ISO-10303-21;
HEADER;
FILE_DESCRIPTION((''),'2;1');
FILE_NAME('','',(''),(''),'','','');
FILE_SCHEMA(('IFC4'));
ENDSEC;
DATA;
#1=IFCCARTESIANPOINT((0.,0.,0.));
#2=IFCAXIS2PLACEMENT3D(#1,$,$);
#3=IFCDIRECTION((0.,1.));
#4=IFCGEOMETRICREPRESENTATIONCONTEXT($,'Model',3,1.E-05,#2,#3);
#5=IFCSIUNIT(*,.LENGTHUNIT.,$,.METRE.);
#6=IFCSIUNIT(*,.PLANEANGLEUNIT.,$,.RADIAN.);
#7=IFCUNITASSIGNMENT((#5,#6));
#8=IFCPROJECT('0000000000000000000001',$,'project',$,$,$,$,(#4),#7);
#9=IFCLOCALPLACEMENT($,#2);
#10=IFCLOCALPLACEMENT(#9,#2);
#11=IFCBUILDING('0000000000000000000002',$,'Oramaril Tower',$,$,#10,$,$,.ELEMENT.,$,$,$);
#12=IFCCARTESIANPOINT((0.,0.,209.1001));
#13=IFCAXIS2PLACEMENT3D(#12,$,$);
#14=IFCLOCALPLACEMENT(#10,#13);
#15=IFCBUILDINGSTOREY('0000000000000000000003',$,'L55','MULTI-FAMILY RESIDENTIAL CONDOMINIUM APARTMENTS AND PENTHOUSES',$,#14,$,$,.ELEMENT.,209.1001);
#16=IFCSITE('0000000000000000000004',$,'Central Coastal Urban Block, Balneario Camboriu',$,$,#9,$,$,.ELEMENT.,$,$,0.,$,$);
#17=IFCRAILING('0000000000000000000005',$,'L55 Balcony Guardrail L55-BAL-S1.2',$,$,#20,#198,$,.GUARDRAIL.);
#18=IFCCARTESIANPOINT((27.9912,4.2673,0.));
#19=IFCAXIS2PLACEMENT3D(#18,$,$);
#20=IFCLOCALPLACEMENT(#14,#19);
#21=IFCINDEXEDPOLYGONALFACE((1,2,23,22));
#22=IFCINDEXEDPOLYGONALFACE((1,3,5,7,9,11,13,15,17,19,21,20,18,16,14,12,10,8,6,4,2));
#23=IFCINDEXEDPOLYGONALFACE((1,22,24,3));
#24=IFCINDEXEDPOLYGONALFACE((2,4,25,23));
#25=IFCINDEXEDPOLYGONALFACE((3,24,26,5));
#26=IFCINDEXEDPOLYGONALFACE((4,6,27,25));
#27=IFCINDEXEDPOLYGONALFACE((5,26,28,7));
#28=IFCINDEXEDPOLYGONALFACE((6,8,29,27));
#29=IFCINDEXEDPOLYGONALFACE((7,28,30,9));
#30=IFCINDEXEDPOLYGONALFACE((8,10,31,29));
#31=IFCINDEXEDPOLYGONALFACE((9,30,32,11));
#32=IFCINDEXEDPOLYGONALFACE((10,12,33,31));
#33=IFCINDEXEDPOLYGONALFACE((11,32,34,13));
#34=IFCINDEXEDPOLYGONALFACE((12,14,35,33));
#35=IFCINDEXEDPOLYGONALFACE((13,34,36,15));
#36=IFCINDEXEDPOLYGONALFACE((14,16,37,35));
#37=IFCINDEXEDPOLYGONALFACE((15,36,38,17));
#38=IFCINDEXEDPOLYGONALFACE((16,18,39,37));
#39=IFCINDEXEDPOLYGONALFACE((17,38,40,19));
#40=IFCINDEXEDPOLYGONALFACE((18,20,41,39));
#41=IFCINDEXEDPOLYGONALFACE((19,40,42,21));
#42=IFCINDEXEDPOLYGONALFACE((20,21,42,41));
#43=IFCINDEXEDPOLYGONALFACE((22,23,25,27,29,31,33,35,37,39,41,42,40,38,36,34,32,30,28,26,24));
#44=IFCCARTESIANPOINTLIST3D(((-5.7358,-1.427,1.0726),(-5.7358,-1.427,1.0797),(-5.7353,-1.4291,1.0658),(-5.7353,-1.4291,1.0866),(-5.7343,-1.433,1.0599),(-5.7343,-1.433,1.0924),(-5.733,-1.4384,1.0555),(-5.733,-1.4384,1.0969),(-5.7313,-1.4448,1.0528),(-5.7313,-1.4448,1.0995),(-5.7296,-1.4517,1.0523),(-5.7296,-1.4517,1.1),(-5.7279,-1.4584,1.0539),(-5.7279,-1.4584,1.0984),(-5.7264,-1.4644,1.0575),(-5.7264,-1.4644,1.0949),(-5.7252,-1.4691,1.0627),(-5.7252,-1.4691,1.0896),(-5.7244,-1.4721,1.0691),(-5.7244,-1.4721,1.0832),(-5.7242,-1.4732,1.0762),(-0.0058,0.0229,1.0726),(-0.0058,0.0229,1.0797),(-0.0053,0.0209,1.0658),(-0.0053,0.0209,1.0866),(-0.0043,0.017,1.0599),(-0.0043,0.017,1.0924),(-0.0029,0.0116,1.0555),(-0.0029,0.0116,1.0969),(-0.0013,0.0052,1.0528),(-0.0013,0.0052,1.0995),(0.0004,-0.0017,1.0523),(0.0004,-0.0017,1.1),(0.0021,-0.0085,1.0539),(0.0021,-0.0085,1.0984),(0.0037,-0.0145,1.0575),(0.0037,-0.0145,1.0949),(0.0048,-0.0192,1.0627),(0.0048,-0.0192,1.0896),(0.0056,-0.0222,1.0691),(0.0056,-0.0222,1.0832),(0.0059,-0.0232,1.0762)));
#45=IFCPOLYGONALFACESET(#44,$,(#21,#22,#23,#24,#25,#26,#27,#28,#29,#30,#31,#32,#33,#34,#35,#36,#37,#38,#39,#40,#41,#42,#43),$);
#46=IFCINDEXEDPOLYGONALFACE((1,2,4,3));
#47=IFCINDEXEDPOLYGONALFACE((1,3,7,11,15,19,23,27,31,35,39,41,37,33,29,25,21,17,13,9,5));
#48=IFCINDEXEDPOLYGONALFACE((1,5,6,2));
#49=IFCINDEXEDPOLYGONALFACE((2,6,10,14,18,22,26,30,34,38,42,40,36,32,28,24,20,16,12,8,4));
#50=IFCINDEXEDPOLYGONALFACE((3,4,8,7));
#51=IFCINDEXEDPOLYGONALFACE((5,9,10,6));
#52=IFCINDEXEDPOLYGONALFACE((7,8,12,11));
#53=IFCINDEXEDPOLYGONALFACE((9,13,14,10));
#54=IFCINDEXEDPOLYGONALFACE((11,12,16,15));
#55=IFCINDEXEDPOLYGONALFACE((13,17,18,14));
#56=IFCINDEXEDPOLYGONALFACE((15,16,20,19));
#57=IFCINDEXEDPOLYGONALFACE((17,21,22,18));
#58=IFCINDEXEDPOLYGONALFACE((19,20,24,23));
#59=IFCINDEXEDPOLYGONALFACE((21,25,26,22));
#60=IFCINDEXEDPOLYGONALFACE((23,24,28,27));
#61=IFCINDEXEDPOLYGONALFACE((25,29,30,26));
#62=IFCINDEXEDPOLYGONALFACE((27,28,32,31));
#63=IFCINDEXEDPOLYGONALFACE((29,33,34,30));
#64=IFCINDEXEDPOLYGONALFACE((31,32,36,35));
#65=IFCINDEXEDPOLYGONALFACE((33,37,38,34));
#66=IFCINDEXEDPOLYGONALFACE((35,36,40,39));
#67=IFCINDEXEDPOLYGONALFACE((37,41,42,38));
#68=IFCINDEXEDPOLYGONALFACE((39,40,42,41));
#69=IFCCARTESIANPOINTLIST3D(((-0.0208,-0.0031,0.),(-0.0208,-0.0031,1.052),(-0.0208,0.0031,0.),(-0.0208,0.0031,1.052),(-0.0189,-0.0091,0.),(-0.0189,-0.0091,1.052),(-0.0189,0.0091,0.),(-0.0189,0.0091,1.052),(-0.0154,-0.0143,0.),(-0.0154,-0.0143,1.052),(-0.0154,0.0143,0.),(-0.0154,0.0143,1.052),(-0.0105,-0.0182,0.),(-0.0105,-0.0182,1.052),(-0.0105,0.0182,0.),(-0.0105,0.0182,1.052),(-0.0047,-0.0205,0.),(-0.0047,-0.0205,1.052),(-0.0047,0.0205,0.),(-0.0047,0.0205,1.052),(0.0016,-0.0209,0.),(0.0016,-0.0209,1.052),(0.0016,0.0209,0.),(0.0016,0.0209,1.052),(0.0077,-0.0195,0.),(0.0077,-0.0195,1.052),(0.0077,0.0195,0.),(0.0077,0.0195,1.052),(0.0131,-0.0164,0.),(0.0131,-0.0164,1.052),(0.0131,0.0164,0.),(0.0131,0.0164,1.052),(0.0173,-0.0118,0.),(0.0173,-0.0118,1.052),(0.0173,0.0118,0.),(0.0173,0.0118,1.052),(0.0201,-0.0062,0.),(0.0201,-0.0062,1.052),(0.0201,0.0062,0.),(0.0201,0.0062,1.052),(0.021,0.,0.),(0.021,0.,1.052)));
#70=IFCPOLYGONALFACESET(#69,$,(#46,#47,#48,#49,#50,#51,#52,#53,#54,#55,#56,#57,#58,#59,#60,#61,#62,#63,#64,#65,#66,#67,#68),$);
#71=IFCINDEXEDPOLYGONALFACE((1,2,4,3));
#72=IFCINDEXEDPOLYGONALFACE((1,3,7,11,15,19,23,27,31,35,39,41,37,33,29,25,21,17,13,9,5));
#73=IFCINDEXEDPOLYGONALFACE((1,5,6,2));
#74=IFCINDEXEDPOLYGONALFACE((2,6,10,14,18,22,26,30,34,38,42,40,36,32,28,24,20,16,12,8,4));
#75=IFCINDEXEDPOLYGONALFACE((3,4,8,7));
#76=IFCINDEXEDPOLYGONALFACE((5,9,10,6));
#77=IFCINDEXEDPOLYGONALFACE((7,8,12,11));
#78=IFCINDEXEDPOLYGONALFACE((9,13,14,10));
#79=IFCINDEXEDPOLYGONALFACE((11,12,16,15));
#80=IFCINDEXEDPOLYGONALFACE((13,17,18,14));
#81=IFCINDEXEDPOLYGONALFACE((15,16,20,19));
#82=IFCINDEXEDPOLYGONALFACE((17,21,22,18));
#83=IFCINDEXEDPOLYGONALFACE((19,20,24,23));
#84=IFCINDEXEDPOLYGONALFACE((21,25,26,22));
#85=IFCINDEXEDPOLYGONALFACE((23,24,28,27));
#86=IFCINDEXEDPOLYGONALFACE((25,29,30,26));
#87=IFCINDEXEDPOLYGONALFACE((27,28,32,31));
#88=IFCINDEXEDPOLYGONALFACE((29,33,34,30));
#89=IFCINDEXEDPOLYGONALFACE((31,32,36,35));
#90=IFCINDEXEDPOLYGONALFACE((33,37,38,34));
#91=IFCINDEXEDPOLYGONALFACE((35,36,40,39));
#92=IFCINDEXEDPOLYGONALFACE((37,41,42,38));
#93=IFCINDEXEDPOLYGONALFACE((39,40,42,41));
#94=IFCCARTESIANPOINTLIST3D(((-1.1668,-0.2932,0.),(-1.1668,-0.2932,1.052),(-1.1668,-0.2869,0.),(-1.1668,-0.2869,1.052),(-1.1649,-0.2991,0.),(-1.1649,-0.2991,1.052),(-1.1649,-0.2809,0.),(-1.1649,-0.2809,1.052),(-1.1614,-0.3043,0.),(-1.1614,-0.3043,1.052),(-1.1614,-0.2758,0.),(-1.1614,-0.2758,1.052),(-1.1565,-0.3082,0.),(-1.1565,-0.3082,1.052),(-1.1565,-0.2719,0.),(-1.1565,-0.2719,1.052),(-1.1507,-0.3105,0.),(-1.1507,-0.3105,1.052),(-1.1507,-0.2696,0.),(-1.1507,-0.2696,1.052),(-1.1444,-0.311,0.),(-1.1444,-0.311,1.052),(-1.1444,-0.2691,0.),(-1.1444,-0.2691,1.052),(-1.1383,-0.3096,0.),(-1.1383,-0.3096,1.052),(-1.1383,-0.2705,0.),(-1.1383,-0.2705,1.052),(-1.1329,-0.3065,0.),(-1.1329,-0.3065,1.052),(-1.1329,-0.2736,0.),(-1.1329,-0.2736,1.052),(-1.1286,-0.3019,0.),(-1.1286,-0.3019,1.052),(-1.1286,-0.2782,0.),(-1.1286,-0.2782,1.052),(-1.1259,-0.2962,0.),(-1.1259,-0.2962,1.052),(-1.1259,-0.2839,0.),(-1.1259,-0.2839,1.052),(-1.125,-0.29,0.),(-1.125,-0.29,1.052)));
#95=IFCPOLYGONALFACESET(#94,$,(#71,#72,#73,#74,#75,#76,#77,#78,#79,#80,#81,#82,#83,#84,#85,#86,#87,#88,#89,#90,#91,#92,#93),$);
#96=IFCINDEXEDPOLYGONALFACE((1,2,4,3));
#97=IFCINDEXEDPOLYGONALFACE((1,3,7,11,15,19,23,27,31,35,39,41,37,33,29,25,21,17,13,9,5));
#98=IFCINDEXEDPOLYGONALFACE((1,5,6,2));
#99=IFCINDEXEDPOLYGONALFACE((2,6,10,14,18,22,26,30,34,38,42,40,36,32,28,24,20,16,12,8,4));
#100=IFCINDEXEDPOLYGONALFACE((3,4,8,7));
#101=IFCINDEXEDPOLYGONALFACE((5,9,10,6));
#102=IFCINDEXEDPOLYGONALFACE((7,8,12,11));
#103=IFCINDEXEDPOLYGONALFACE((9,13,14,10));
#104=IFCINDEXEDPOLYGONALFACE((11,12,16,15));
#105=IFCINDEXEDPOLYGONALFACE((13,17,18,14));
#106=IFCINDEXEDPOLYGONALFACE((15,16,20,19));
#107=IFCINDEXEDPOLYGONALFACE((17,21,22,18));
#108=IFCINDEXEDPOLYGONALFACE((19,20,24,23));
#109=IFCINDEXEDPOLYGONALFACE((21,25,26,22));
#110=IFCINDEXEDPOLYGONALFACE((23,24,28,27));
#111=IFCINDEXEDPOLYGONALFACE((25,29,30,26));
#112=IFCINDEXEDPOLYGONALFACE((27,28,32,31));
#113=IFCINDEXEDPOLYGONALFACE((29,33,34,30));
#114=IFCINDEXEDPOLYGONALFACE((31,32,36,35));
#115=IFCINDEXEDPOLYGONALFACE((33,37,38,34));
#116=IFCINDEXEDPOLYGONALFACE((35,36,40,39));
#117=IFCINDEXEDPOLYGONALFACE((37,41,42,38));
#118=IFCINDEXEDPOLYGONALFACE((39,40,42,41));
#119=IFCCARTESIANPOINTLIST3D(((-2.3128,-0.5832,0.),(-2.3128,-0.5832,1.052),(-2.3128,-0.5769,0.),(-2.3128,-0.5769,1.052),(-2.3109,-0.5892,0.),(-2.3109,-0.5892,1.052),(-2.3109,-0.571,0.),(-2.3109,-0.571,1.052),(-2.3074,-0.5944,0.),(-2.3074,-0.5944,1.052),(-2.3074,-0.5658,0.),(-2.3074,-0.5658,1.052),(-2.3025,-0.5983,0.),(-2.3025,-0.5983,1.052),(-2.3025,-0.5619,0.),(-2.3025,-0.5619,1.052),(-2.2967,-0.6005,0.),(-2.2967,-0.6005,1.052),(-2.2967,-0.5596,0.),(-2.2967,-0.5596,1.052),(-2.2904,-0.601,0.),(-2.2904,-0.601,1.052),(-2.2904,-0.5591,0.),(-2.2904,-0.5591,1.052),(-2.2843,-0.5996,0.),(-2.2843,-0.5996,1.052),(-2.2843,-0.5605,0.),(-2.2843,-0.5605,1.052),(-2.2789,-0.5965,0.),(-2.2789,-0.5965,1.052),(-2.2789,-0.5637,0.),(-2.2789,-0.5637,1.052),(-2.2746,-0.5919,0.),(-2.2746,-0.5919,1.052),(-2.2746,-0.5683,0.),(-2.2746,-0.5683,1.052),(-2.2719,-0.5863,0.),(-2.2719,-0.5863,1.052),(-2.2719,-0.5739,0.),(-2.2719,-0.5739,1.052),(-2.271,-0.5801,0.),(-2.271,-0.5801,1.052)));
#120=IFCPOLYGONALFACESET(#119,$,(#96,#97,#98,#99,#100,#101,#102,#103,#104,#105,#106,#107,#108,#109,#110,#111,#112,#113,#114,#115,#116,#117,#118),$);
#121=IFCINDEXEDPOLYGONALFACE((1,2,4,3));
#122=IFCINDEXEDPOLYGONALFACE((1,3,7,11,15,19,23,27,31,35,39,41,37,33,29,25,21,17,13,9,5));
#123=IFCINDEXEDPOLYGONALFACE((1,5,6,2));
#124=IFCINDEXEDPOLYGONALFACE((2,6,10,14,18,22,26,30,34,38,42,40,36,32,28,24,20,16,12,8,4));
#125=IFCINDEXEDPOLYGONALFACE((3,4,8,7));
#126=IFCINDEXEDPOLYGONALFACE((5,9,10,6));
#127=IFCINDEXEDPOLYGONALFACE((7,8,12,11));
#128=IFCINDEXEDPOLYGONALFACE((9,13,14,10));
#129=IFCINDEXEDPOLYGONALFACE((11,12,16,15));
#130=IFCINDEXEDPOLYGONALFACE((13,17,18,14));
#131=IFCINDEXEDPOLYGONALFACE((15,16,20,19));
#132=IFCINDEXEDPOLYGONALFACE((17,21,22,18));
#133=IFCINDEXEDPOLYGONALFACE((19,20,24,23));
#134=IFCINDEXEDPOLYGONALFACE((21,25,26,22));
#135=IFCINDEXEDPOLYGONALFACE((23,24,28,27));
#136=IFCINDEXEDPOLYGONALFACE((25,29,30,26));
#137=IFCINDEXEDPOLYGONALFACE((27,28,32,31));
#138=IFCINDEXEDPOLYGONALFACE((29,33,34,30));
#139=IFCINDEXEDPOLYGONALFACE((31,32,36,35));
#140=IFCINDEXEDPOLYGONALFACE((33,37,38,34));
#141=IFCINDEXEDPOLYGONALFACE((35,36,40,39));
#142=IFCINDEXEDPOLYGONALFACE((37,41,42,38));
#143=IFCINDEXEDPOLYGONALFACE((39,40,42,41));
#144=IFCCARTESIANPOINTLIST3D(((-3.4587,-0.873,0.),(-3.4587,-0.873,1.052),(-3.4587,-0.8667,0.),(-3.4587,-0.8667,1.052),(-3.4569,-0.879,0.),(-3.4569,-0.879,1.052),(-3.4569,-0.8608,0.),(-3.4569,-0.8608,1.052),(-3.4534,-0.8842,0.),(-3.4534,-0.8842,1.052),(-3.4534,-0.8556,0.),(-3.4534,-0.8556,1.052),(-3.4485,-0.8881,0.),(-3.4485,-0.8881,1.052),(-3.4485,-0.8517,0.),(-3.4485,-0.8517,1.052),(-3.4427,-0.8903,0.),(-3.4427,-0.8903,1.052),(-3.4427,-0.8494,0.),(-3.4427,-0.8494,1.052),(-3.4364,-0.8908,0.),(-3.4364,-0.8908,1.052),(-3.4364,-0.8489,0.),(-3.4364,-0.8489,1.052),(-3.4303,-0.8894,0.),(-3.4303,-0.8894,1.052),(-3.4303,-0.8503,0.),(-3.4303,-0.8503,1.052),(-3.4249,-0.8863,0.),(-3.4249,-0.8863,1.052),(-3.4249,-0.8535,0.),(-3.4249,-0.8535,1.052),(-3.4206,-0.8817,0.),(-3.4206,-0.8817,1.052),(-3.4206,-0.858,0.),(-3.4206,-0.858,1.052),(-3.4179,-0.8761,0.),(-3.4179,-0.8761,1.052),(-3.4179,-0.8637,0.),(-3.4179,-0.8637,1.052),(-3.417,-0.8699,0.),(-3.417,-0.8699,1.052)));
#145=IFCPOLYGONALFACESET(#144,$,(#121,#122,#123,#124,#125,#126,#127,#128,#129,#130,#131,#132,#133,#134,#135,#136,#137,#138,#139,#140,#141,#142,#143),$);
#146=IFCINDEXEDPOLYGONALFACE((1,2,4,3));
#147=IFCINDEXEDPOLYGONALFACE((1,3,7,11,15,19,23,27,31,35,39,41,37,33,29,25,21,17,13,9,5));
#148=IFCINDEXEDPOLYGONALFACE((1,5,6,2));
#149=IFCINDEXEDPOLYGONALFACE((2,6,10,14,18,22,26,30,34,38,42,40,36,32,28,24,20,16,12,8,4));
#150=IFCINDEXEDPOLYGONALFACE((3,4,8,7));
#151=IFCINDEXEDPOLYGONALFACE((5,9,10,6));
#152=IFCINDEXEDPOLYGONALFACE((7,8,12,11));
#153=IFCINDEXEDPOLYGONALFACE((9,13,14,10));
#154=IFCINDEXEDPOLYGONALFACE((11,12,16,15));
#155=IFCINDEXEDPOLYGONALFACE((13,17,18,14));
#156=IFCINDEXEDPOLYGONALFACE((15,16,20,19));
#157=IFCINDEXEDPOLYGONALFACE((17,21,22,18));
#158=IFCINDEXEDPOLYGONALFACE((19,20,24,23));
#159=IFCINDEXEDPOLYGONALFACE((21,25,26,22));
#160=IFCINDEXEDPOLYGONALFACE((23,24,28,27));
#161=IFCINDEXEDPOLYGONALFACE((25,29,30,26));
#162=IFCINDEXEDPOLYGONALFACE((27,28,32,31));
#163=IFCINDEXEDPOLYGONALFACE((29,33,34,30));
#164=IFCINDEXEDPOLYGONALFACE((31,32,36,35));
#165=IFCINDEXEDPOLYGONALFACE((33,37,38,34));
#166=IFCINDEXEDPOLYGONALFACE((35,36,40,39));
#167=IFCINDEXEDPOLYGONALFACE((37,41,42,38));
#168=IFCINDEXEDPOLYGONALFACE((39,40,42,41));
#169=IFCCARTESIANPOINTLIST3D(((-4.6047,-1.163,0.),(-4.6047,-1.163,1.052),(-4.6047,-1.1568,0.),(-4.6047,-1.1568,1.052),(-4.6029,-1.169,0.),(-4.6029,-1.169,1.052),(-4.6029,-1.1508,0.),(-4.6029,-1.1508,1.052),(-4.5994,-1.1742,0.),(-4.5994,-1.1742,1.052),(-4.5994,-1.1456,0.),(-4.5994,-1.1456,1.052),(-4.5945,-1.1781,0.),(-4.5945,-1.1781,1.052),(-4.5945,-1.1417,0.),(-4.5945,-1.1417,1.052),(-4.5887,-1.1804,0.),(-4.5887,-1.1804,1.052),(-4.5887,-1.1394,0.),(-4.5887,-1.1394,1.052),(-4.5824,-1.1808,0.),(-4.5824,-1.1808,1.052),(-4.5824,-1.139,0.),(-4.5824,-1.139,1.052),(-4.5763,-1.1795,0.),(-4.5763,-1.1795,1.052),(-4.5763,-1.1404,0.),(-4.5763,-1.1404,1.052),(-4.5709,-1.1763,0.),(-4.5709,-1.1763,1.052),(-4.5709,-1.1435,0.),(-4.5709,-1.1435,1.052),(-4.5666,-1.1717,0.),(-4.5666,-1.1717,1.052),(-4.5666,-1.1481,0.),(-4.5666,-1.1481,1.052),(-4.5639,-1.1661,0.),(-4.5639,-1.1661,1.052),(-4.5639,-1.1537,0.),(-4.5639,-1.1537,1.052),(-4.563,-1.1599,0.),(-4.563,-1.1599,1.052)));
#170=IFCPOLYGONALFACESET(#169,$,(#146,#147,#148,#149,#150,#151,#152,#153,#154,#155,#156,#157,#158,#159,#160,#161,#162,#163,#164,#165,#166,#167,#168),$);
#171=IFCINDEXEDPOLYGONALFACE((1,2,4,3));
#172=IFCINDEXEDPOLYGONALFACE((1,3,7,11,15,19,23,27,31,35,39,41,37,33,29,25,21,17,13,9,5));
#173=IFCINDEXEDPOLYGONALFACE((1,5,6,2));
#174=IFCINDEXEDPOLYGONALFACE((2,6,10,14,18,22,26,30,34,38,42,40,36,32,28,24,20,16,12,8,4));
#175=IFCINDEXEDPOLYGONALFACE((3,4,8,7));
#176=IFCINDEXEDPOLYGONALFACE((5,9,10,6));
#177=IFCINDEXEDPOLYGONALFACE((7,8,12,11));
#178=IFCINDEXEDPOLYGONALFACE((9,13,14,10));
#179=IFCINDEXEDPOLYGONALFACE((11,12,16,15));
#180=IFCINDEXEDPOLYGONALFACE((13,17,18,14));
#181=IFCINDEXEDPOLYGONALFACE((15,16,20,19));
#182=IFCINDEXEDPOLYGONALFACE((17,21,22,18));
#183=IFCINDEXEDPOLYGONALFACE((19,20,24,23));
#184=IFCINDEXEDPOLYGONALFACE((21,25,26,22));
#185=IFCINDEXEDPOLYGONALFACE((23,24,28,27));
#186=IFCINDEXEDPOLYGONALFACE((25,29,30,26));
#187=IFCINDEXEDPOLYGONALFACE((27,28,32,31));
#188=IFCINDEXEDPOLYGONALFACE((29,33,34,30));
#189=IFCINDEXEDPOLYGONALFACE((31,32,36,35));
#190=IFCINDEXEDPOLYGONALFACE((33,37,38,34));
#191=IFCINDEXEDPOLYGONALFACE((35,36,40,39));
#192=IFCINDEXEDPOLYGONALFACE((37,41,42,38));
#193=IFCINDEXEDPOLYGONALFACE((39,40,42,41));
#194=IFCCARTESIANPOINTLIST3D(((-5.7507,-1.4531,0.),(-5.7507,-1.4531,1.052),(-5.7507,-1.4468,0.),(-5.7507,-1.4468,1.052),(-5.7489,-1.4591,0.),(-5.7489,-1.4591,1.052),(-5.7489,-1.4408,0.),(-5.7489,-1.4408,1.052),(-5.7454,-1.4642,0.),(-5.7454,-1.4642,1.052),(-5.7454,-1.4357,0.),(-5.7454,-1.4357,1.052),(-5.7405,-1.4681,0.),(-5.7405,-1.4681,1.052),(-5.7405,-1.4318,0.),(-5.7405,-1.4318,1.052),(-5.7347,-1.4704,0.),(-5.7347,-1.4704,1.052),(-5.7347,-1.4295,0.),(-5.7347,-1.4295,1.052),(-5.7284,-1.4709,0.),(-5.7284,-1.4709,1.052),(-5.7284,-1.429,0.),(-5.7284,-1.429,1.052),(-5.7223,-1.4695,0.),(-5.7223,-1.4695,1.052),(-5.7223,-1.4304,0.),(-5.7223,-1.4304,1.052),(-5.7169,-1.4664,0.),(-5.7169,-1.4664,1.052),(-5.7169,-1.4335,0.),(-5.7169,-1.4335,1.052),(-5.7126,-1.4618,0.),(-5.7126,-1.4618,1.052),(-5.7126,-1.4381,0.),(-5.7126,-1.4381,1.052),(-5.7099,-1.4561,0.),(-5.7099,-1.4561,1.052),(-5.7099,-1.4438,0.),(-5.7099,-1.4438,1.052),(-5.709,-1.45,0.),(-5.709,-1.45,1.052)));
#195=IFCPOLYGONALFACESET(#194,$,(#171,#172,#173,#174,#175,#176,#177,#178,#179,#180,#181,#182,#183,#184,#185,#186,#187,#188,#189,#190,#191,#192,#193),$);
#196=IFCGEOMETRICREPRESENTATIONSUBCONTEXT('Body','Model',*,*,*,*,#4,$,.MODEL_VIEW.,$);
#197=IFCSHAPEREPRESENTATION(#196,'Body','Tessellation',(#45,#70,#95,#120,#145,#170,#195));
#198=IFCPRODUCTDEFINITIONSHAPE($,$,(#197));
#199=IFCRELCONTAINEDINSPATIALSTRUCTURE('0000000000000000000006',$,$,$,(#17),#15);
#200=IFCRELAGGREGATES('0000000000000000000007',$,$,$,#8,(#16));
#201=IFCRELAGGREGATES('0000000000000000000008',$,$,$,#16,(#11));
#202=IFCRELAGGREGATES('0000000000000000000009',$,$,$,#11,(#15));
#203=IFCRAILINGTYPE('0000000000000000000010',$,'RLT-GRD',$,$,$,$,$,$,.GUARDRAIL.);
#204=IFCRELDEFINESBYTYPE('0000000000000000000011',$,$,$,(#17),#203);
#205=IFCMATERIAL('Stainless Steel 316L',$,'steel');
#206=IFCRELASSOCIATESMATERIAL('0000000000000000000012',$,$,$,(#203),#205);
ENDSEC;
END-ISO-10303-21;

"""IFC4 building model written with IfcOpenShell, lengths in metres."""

from ifc_helpers import new_model, si_unit, direction, frame, origin, origin_2d, place, context, subcontext, project, spatial, circle, extrude, material, type_object, element, save


model = new_model("IFC4")

# Units and contexts
model_context = context("Model", 3, precision=1e-05, world=origin(), true_north=direction((0.0, 1.0)))
body_context = subcontext(model_context, "Body", "Model", "MODEL_VIEW")
ifc_project = project(units=[si_unit("LENGTHUNIT", "METRE"), si_unit("PLANEANGLEUNIT", "RADIAN")], contexts=[model_context])

# Site, building, storey
site_placement = place(None, origin())
site = spatial("IfcSite", under=ifc_project, at=site_placement, Name="Central Coastal Urban Block, Balneario Camboriu", CompositionType="ELEMENT", RefElevation=0.0)
building_placement = place(site_placement, origin())
building = spatial("IfcBuilding", under=site, at=building_placement, Name="Oramaril Tower", CompositionType="ELEMENT")
storey_placement = place(building_placement, frame((0.0, 0.0, 209.1001)))
storey = spatial("IfcBuildingStorey", under=building, at=storey_placement, Name="L55", Description="MULTI-FAMILY RESIDENTIAL CONDOMINIUM APARTMENTS AND PENTHOUSES", CompositionType="ELEMENT", Elevation=209.1001)

# Railing
ifc_material_1 = material(Name="Stainless Steel 316L", Category="steel")
railing_type = type_object("IfcRailingType", Name="RLT-GRD", PredefinedType="GUARDRAIL", material=ifc_material_1)
railing_1_placement = place(storey_placement, frame((27.9912, 4.2673, 0.0)))
element("IfcRailing", 1, at=railing_1_placement, inside=storey, type_object=railing_type, Name="L55 Balcony Guardrail L55-BAL-S1.2", PredefinedType="GUARDRAIL", context=body_context, shape_type="SweptSolid", body=[
    extrude(circle(Radius=0.0239, at=origin_2d()), frame((0.0, 0.0, 1.0762), z_axis=(-0.969444, -0.245314, 0.0), x_axis=(0.245314, -0.969444, 0.0)), (0.0, 0.0, 1.0), 5.9106),
    extrude(circle(Radius=0.021, at=origin_2d()), origin(), (0.0, 0.0, 1.0), 1.052),
    extrude(circle(Radius=0.021, at=origin_2d()), frame((-1.146, -0.29, 0.0)), (0.0, 0.0, 1.0), 1.052),
    extrude(circle(Radius=0.021, at=origin_2d()), frame((-2.292, -0.5801, 0.0)), (0.0, 0.0, 1.0), 1.052),
    extrude(circle(Radius=0.021, at=origin_2d()), frame((-3.438, -0.8699, 0.0)), (0.0, 0.0, 1.0), 1.052),
    extrude(circle(Radius=0.021, at=origin_2d()), frame((-4.584, -1.1599, 0.0)), (0.0, 0.0, 1.0), 1.052),
    extrude(circle(Radius=0.021, at=origin_2d()), frame((-5.73, -1.45, 0.0)), (0.0, 0.0, 1.0), 1.052),
])

save(model, "model.ifc")
